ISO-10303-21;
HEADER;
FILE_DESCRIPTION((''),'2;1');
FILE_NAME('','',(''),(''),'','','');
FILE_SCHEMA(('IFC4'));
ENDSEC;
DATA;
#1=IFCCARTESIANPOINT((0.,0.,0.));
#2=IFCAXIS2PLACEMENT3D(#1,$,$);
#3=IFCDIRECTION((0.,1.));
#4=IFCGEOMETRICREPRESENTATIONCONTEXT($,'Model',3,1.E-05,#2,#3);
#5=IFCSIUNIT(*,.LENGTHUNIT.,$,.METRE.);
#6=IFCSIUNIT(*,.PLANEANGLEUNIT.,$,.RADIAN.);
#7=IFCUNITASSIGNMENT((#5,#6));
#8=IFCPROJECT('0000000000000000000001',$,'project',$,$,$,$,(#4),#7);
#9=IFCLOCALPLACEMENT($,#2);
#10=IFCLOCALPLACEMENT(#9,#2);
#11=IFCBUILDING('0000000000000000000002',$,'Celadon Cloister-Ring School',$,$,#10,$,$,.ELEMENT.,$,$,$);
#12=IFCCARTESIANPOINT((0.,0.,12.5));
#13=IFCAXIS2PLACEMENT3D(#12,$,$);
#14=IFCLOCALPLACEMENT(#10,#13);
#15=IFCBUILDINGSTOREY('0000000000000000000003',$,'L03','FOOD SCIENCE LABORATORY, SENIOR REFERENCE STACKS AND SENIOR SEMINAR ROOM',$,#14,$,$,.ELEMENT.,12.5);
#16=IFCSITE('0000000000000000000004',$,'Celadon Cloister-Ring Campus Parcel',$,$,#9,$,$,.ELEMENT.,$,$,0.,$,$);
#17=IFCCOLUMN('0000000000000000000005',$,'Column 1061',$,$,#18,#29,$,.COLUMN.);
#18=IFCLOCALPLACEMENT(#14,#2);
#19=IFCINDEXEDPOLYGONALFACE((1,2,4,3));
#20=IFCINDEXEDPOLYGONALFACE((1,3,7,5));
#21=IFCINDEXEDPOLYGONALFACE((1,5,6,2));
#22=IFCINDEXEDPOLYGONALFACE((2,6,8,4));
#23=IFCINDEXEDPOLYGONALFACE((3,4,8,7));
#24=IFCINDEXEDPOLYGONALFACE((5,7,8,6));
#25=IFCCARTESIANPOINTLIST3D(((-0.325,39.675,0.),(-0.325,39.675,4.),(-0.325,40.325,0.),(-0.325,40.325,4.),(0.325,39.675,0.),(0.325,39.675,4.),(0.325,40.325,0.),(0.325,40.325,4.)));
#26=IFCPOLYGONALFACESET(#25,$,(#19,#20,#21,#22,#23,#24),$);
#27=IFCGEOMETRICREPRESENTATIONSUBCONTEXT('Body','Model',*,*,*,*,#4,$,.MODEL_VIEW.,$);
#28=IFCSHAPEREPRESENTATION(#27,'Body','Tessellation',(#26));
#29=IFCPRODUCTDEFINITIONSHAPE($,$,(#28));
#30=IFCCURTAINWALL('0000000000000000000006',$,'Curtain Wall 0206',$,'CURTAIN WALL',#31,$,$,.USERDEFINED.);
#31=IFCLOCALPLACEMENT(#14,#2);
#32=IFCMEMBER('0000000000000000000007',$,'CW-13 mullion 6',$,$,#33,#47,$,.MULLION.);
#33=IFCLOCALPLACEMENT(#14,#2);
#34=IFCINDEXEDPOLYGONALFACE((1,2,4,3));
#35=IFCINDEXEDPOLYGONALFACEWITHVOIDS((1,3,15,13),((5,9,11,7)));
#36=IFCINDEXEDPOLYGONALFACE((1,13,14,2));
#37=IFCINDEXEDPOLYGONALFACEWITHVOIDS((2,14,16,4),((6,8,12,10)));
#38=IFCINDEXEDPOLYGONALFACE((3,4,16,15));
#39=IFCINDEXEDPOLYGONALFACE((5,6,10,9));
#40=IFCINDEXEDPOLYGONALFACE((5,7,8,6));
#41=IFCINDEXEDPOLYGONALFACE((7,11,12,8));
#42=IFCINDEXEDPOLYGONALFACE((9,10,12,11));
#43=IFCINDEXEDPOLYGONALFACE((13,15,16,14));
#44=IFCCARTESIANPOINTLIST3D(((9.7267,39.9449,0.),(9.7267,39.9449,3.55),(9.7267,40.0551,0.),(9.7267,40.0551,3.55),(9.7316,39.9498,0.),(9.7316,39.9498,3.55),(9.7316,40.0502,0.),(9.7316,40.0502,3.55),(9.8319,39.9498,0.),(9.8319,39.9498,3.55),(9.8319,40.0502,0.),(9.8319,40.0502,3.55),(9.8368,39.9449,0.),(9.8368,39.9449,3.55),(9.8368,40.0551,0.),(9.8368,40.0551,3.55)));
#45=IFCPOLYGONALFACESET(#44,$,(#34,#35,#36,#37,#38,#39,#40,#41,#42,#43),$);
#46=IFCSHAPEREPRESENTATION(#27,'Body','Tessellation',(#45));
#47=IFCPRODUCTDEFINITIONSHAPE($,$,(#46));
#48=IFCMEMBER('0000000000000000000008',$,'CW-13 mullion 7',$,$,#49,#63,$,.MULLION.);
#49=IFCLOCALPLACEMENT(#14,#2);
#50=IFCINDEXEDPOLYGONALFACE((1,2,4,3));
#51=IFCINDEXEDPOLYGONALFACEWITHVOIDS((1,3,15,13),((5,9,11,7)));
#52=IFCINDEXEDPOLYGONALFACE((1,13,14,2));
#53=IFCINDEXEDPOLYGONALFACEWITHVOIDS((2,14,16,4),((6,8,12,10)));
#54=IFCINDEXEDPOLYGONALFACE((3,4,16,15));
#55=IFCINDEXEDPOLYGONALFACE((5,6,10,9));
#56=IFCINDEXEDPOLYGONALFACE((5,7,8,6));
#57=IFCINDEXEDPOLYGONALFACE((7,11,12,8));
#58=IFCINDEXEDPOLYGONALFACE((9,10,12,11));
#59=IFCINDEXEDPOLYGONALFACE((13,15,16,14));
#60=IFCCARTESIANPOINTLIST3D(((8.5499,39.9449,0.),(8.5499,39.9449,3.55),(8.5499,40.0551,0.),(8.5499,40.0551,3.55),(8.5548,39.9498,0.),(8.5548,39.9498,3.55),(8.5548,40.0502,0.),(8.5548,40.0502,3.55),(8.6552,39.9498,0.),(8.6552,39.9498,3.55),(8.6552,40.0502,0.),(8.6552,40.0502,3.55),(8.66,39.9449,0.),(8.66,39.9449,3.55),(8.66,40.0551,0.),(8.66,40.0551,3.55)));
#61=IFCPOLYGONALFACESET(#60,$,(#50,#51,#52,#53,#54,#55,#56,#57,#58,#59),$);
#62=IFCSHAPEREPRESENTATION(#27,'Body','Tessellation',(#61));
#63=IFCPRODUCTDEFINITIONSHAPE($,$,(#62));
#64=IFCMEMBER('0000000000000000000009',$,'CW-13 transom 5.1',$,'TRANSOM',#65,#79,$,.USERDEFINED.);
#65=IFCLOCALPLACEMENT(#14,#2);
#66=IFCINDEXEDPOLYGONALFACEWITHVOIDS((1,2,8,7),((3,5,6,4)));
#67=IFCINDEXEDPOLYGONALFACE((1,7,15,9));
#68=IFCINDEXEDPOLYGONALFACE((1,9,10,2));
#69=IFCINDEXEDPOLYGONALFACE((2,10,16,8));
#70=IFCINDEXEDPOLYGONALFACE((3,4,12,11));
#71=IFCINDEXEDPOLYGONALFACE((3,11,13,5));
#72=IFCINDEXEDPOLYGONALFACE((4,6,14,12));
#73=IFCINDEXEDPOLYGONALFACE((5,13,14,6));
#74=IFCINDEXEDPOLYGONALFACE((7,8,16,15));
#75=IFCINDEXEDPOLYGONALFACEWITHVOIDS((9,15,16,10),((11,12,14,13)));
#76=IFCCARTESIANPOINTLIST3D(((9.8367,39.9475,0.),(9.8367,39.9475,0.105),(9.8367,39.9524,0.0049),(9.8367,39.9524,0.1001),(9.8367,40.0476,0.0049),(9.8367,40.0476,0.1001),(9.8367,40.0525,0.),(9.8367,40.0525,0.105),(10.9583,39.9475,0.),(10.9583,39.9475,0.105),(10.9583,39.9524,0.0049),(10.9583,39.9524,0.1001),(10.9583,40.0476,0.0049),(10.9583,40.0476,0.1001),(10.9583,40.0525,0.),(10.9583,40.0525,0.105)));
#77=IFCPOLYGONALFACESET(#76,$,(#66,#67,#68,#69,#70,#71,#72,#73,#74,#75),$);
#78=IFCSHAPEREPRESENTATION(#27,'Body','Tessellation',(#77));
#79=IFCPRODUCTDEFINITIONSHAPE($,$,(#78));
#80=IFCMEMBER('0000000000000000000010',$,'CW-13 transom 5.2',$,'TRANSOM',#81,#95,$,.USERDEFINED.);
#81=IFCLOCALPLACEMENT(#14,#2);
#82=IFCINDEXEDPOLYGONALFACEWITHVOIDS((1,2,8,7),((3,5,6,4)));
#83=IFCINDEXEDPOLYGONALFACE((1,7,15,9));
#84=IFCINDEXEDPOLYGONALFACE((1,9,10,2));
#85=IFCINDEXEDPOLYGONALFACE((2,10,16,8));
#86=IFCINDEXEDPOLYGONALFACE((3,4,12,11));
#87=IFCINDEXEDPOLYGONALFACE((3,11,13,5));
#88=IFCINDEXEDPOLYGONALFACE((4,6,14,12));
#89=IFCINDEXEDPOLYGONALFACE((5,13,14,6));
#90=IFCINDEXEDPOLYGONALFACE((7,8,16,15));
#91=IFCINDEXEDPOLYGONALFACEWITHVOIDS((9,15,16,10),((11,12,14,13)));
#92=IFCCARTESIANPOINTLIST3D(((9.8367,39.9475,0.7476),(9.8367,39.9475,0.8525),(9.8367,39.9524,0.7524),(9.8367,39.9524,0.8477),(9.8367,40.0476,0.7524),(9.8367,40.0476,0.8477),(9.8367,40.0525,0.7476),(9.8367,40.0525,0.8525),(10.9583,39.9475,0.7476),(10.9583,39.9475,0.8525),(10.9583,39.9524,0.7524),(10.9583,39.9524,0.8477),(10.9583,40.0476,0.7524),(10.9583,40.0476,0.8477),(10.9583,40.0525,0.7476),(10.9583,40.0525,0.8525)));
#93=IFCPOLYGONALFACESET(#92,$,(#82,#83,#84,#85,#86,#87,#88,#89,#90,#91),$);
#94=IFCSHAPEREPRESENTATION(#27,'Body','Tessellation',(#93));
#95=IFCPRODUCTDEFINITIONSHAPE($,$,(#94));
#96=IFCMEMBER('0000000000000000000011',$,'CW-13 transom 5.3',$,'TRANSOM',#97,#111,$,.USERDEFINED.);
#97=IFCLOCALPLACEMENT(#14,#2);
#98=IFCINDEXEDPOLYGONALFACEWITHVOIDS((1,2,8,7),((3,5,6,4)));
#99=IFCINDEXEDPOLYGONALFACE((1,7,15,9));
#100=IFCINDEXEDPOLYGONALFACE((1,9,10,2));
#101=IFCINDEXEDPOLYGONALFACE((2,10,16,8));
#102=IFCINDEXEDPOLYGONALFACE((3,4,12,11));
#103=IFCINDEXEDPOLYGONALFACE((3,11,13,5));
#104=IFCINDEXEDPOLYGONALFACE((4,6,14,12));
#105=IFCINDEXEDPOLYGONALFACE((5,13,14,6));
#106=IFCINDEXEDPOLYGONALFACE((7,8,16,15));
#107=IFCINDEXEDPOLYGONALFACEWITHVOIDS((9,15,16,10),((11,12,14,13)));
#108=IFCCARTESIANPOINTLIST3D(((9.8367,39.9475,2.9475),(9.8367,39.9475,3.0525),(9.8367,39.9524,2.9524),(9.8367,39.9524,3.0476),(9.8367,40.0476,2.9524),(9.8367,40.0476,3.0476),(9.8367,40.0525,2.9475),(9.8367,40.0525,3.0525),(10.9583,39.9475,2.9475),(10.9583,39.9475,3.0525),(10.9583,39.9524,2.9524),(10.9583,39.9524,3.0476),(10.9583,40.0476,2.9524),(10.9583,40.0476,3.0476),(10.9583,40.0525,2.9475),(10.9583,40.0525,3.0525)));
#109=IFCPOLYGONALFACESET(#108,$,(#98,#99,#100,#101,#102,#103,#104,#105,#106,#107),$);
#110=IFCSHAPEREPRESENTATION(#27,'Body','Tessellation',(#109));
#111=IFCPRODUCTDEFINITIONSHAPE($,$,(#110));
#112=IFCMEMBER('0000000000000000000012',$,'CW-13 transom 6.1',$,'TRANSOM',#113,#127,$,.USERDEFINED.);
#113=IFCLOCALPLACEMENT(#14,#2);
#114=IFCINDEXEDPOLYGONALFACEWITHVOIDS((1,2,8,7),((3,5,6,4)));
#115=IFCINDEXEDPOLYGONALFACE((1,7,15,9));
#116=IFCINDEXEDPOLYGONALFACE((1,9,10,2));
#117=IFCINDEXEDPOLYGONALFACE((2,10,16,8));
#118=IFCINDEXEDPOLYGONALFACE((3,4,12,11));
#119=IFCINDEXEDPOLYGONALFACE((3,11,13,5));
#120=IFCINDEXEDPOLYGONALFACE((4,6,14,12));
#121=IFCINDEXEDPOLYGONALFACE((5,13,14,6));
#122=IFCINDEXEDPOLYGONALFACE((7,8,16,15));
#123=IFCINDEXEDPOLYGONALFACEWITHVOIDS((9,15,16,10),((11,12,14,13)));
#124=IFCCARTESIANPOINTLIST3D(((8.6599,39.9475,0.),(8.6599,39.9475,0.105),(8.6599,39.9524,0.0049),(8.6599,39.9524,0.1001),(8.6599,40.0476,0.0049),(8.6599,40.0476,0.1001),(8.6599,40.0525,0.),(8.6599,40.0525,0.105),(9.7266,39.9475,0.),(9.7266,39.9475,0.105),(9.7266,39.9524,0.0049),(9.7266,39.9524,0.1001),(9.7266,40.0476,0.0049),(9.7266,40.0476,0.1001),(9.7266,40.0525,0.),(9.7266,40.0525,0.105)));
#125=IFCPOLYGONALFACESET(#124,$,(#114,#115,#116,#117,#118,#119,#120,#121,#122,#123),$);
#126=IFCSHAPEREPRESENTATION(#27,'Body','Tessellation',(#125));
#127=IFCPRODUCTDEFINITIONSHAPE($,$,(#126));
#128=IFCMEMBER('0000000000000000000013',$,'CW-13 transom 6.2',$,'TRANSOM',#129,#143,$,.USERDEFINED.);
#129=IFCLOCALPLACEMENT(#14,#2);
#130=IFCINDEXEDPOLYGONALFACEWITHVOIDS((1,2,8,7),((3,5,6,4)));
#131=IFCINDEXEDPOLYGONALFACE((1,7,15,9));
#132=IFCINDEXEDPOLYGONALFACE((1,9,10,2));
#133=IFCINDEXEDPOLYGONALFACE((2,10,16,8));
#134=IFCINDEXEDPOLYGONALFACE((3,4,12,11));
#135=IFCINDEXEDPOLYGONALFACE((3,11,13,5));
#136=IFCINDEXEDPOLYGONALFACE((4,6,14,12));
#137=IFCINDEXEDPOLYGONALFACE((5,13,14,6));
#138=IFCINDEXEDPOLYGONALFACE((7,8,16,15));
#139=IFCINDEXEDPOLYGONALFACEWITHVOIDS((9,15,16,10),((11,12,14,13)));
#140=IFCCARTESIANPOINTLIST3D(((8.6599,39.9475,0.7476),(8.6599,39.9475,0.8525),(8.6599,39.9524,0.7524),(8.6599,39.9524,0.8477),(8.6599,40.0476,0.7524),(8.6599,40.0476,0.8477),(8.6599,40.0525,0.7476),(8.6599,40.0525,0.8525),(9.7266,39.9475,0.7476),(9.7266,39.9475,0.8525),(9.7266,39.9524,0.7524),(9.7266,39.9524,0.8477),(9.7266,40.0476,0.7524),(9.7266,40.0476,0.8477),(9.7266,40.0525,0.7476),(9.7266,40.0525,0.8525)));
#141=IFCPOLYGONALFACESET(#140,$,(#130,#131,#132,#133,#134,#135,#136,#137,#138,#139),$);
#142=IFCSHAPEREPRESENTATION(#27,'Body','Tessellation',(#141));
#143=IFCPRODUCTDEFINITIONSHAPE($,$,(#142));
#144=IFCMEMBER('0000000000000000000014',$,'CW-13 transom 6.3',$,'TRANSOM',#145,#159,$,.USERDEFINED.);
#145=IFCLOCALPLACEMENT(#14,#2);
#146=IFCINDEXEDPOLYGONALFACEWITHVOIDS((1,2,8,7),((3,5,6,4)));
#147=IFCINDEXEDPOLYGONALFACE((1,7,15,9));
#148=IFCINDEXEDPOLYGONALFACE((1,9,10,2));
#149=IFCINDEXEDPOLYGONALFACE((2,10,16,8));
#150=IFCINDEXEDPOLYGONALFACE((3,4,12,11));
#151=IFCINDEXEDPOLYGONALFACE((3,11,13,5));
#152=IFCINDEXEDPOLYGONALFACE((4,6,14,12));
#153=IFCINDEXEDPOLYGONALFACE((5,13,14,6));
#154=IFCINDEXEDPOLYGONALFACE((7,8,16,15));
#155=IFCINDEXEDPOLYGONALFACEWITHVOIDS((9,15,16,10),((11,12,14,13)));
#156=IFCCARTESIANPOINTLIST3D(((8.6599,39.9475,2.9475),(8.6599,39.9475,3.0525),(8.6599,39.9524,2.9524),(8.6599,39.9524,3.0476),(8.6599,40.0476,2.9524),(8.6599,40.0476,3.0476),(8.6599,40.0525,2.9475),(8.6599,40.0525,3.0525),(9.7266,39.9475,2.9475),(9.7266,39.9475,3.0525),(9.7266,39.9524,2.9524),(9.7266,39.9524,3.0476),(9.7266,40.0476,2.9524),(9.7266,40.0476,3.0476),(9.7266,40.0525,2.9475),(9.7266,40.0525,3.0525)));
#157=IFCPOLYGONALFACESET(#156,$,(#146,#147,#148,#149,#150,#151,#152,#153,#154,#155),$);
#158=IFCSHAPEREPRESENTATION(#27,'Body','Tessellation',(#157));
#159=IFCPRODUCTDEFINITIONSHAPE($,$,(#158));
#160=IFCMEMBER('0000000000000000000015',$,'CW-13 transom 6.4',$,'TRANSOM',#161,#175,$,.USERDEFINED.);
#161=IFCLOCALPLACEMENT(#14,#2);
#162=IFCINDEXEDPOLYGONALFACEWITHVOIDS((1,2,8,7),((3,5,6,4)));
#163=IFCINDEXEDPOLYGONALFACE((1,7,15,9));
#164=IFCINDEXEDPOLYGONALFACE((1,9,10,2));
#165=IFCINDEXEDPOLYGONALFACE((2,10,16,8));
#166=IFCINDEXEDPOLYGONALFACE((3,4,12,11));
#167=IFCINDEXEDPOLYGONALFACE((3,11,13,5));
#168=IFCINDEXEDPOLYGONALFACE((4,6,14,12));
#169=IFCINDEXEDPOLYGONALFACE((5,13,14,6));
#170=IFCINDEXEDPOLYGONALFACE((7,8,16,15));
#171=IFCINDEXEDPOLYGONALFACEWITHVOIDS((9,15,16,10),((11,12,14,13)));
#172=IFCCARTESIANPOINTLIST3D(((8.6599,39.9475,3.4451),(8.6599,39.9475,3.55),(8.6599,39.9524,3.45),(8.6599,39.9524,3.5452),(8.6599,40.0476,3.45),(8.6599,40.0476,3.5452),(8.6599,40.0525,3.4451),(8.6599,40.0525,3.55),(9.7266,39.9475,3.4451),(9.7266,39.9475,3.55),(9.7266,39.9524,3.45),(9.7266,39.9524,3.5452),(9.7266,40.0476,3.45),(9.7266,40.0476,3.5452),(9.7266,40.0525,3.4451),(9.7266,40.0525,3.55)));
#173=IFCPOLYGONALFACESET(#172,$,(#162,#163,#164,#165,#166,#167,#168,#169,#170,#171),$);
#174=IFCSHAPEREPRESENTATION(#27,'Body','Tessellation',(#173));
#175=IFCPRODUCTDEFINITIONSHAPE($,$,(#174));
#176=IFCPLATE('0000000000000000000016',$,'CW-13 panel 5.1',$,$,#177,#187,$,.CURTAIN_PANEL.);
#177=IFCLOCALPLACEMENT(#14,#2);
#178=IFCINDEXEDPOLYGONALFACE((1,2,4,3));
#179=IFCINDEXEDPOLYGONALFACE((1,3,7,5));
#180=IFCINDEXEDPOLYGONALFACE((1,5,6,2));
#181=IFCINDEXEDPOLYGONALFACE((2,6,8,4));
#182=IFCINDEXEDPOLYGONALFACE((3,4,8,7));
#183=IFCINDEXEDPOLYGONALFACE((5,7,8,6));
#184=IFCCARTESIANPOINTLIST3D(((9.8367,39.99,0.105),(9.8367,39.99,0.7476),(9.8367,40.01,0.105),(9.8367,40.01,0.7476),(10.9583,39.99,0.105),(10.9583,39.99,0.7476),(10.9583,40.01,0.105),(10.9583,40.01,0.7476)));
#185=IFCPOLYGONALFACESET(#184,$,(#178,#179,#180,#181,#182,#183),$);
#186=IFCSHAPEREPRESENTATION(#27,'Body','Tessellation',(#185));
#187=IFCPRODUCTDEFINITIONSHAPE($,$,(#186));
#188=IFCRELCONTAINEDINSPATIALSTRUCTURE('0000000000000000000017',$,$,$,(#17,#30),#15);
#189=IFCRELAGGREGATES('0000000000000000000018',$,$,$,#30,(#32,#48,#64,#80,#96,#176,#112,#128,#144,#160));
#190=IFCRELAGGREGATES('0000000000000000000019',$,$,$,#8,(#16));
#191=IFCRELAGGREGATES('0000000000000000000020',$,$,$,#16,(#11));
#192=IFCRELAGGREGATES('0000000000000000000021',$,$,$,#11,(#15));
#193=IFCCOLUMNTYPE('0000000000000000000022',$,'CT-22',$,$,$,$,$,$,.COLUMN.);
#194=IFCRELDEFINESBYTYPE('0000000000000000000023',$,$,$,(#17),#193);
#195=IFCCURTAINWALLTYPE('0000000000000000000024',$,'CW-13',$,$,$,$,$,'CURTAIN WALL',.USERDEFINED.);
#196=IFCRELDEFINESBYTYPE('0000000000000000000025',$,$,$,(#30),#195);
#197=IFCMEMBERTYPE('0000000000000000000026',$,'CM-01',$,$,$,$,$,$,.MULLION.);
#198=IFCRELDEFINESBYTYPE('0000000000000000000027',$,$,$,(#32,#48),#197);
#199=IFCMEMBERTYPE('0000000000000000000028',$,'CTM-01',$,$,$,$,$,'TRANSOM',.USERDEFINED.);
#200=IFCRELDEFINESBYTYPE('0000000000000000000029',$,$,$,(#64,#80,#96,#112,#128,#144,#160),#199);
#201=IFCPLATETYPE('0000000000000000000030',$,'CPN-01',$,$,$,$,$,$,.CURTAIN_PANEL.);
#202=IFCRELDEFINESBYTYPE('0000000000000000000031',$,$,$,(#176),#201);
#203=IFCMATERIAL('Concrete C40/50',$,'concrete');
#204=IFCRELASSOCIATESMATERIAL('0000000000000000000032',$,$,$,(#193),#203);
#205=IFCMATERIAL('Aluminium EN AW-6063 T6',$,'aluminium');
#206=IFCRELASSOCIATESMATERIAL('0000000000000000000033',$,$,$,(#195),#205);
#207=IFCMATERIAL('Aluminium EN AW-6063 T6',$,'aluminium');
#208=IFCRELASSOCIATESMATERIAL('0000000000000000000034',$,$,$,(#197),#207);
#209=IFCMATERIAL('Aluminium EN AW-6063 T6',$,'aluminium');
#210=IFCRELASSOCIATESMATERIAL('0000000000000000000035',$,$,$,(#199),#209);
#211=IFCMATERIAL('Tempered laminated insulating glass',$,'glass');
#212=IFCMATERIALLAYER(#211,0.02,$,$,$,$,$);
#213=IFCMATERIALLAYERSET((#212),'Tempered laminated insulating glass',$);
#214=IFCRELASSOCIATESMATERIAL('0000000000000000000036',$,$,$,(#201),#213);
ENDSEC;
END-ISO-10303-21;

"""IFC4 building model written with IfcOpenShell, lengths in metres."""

from ifc_helpers import new_model, si_unit, direction, frame, origin, origin_2d, place, context, subcontext, project, spatial, rectangle, hollow_rectangle, extrude, material, layer, layer_set, material_profile, profile_set, type_object, element, aggregate, save


model = new_model("IFC4")

# Units and contexts
model_context = context("Model", 3, precision=1e-05, world=origin(), true_north=direction((0.0, 1.0)))
body_context = subcontext(model_context, "Body", "Model", "MODEL_VIEW")
ifc_project = project(units=[si_unit("LENGTHUNIT", "METRE"), si_unit("PLANEANGLEUNIT", "RADIAN")], contexts=[model_context])

# Site, building, storey
site_placement = place(None, origin())
site = spatial("IfcSite", under=ifc_project, at=site_placement, Name="Celadon Cloister-Ring Campus Parcel", CompositionType="ELEMENT", RefElevation=0.0)
building_placement = place(site_placement, origin())
building = spatial("IfcBuilding", under=site, at=building_placement, Name="Celadon Cloister-Ring School", CompositionType="ELEMENT")
storey_placement = place(building_placement, frame((0.0, 0.0, 12.5)))
storey = spatial("IfcBuildingStorey", under=building, at=storey_placement, Name="L03", Description="FOOD SCIENCE LABORATORY, SENIOR REFERENCE STACKS AND SENIOR SEMINAR ROOM", CompositionType="ELEMENT", Elevation=12.5)

# Column
ifc_material_1 = material(Name="Concrete C40/50", Category="concrete")
ifc_material_profile_1 = material_profile(ifc_material_1, rectangle(XDim=0.6499, YDim=0.6499, at=origin_2d()), Name="RC650X650")
ifc_profile_set_1 = profile_set([ifc_material_profile_1], Name="Concrete C40/50")
column_type = type_object("IfcColumnType", Name="CT-22", PredefinedType="COLUMN", material=ifc_profile_set_1)
column_placement = place(storey_placement, frame((0.0, 40.0, 0.0), z_axis=(0.0, 0.0, 1.0), x_axis=(1.0, 0.0, 0.0)))
element("IfcColumn", 1, at=column_placement, inside=storey, type_object=column_type, Name="Column 1061", PredefinedType="COLUMN", context=body_context, shape_type="SweptSolid", body=[
    extrude(rectangle(XDim=0.6499, YDim=0.6499, at=origin_2d()), origin(), (0.0, 0.0, 1.0), 4.0),
])

# Curtain wall, members, plate
ifc_material_2 = material(Name="Aluminium EN AW-6063 T6", Category="aluminium")
curtain_wall_type = type_object("IfcCurtainWallType", Name="CW-13", ElementType="CURTAIN WALL", PredefinedType="USERDEFINED", material=ifc_material_2)
curtain_wall_placement = place(storey_placement, origin())
curtain_wall = element("IfcCurtainWall", 2, at=curtain_wall_placement, inside=storey, type_object=curtain_wall_type, Name="Curtain Wall 0206", ObjectType="CURTAIN WALL", PredefinedType="USERDEFINED")
ifc_material_3 = material(Name="Aluminium EN AW-6063 T6", Category="aluminium")
ifc_material_profile_2 = material_profile(ifc_material_3, hollow_rectangle(XDim=0.1101, YDim=0.1101, WallThickness=0.0049, at=origin_2d()), Name="RHS110X110X5")
ifc_profile_set_2 = profile_set([ifc_material_profile_2], Name="Aluminium EN AW-6063 T6")
member_type_1 = type_object("IfcMemberType", Name="CM-01", PredefinedType="MULLION", material=ifc_profile_set_2)
member_1_placement = place(storey_placement, frame((9.7817, 40.0, 0.0), z_axis=(0.0, 0.0, 1.0), x_axis=(0.0, -1.0, 0.0)))
member_1 = element("IfcMember", 3, at=member_1_placement, type_object=member_type_1, Name="CW-13 mullion 6", PredefinedType="MULLION", context=body_context, shape_type="SweptSolid", body=[
    extrude(hollow_rectangle(XDim=0.1101, YDim=0.1101, WallThickness=0.0049, at=origin_2d()), origin(), (0.0, 0.0, 1.0), 3.55),
])
member_2_placement = place(storey_placement, frame((8.605, 40.0, 0.0), z_axis=(0.0, 0.0, 1.0), x_axis=(0.0, -1.0, 0.0)))
member_2 = element("IfcMember", 4, at=member_2_placement, type_object=member_type_1, Name="CW-13 mullion 7", PredefinedType="MULLION", context=body_context, shape_type="SweptSolid", body=[
    extrude(hollow_rectangle(XDim=0.1101, YDim=0.1101, WallThickness=0.0049, at=origin_2d()), origin(), (0.0, 0.0, 1.0), 3.55),
])
ifc_material_4 = material(Name="Aluminium EN AW-6063 T6", Category="aluminium")
ifc_material_profile_3 = material_profile(ifc_material_4, hollow_rectangle(XDim=0.105, YDim=0.105, WallThickness=0.0049, at=origin_2d()), Name="RHS105X105X5")
ifc_profile_set_3 = profile_set([ifc_material_profile_3], Name="Aluminium EN AW-6063 T6")
member_type_2 = type_object("IfcMemberType", Name="CTM-01", ElementType="TRANSOM", PredefinedType="USERDEFINED", material=ifc_profile_set_3)
member_3_placement = place(storey_placement, frame((10.9583, 40.0, 0.0525), z_axis=(-1.0, 0.0, 0.0), x_axis=(0.0, -1.0, 0.0)))
member_3 = element("IfcMember", 5, at=member_3_placement, type_object=member_type_2, Name="CW-13 transom 5.1", ObjectType="TRANSOM", PredefinedType="USERDEFINED", context=body_context, shape_type="SweptSolid", body=[
    extrude(hollow_rectangle(XDim=0.105, YDim=0.105, WallThickness=0.0049, at=origin_2d()), origin(), (0.0, 0.0, 1.0), 1.1216),
])
member_4_placement = place(storey_placement, frame((10.9583, 40.0, 0.8), z_axis=(-1.0, 0.0, 0.0), x_axis=(0.0, -1.0, 0.0)))
member_4 = element("IfcMember", 6, at=member_4_placement, type_object=member_type_2, Name="CW-13 transom 5.2", ObjectType="TRANSOM", PredefinedType="USERDEFINED", context=body_context, shape_type="SweptSolid", body=[
    extrude(hollow_rectangle(XDim=0.105, YDim=0.105, WallThickness=0.0049, at=origin_2d()), origin(), (0.0, 0.0, 1.0), 1.1216),
])
member_5_placement = place(storey_placement, frame((10.9583, 40.0, 3.0), z_axis=(-1.0, 0.0, 0.0), x_axis=(0.0, -1.0, 0.0)))
member_5 = element("IfcMember", 7, at=member_5_placement, type_object=member_type_2, Name="CW-13 transom 5.3", ObjectType="TRANSOM", PredefinedType="USERDEFINED", context=body_context, shape_type="SweptSolid", body=[
    extrude(hollow_rectangle(XDim=0.105, YDim=0.105, WallThickness=0.0049, at=origin_2d()), origin(), (0.0, 0.0, 1.0), 1.1216),
])
member_6_placement = place(storey_placement, frame((9.7266, 40.0, 0.0525), z_axis=(-1.0, 0.0, 0.0), x_axis=(0.0, -1.0, 0.0)))
member_6 = element("IfcMember", 8, at=member_6_placement, type_object=member_type_2, Name="CW-13 transom 6.1", ObjectType="TRANSOM", PredefinedType="USERDEFINED", context=body_context, shape_type="SweptSolid", body=[
    extrude(hollow_rectangle(XDim=0.105, YDim=0.105, WallThickness=0.0049, at=origin_2d()), origin(), (0.0, 0.0, 1.0), 1.0667),
])
member_7_placement = place(storey_placement, frame((9.7266, 40.0, 0.8), z_axis=(-1.0, 0.0, 0.0), x_axis=(0.0, -1.0, 0.0)))
member_7 = element("IfcMember", 9, at=member_7_placement, type_object=member_type_2, Name="CW-13 transom 6.2", ObjectType="TRANSOM", PredefinedType="USERDEFINED", context=body_context, shape_type="SweptSolid", body=[
    extrude(hollow_rectangle(XDim=0.105, YDim=0.105, WallThickness=0.0049, at=origin_2d()), origin(), (0.0, 0.0, 1.0), 1.0667),
])
member_8_placement = place(storey_placement, frame((9.7266, 40.0, 3.0), z_axis=(-1.0, 0.0, 0.0), x_axis=(0.0, -1.0, 0.0)))
member_8 = element("IfcMember", 10, at=member_8_placement, type_object=member_type_2, Name="CW-13 transom 6.3", ObjectType="TRANSOM", PredefinedType="USERDEFINED", context=body_context, shape_type="SweptSolid", body=[
    extrude(hollow_rectangle(XDim=0.105, YDim=0.105, WallThickness=0.0049, at=origin_2d()), origin(), (0.0, 0.0, 1.0), 1.0667),
])
member_9_placement = place(storey_placement, frame((9.7266, 40.0, 3.4976), z_axis=(-1.0, 0.0, 0.0), x_axis=(0.0, -1.0, 0.0)))
member_9 = element("IfcMember", 11, at=member_9_placement, type_object=member_type_2, Name="CW-13 transom 6.4", ObjectType="TRANSOM", PredefinedType="USERDEFINED", context=body_context, shape_type="SweptSolid", body=[
    extrude(hollow_rectangle(XDim=0.105, YDim=0.105, WallThickness=0.0049, at=origin_2d()), origin(), (0.0, 0.0, 1.0), 1.0667),
])
ifc_material_5 = material(Name="Tempered laminated insulating glass", Category="glass")
ifc_layer_1 = layer(ifc_material_5, 0.02)
ifc_layer_set_1 = layer_set([ifc_layer_1], Name="Tempered laminated insulating glass")
plate_type = type_object("IfcPlateType", Name="CPN-01", PredefinedType="CURTAIN_PANEL", material=ifc_layer_set_1)
plate_1_placement = place(storey_placement, frame((10.3975, 40.0, 0.105), z_axis=(0.0, 0.0, 1.0), x_axis=(-1.0, 0.0, 0.0)))
plate_1 = element("IfcPlate", 12, at=plate_1_placement, type_object=plate_type, Name="CW-13 panel 5.1", PredefinedType="CURTAIN_PANEL", context=body_context, shape_type="SweptSolid", body=[
    extrude(rectangle(XDim=1.1216, YDim=0.02, at=origin_2d()), origin(), (0.0, 0.0, 1.0), 0.6426),
])
aggregate(curtain_wall, [member_1, member_2, member_3, member_4, member_5, plate_1, member_6, member_7, member_8, member_9])

save(model, "model.ifc")
